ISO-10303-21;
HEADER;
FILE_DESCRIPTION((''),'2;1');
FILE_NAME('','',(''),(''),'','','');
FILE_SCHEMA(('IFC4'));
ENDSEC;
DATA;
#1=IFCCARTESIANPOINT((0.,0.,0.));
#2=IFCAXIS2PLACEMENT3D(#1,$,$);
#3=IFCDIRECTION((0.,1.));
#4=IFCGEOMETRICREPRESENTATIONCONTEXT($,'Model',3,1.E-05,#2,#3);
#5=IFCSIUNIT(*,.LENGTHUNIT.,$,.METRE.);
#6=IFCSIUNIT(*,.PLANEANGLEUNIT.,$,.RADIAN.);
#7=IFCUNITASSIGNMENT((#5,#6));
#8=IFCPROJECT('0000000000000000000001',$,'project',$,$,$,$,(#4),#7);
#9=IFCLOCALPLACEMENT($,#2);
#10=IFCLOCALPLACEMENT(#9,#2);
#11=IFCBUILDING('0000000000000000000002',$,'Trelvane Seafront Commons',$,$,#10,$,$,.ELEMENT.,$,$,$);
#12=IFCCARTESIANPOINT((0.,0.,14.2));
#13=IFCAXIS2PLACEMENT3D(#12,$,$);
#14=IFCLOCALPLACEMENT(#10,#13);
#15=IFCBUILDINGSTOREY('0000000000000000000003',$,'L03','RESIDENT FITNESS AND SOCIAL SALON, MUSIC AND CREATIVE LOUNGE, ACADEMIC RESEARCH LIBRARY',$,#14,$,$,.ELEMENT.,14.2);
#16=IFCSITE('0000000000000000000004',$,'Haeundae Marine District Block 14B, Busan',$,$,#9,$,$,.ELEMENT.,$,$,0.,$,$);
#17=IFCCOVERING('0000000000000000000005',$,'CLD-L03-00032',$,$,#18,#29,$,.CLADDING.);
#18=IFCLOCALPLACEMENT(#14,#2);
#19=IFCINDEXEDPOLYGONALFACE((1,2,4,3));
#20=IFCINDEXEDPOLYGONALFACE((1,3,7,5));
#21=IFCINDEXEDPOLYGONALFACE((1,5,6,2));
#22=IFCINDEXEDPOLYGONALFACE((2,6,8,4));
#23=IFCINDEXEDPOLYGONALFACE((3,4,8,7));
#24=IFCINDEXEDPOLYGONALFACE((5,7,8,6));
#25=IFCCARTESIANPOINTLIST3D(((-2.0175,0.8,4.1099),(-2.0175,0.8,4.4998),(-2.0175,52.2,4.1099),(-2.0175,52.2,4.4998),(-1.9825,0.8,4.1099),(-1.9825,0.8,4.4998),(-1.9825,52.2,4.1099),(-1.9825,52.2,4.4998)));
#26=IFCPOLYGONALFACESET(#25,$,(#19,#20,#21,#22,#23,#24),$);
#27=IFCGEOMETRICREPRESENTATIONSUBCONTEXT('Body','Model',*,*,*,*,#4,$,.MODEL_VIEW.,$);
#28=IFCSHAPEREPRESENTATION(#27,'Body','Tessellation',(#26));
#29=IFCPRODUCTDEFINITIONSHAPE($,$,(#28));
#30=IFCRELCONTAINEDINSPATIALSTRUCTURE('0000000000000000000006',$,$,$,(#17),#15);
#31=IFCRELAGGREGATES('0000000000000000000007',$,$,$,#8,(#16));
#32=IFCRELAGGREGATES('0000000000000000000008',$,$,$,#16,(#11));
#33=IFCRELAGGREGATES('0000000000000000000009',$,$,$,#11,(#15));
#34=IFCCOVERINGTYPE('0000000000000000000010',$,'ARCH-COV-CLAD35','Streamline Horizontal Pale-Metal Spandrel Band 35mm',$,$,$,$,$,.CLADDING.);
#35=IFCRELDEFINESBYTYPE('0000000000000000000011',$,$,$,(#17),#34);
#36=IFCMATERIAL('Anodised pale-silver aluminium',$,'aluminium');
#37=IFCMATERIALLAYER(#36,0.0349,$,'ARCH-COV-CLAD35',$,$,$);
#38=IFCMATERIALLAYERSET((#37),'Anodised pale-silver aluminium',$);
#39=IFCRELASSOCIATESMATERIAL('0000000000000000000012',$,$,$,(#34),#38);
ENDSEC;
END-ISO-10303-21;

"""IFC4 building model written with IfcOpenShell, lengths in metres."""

from ifc_helpers import new_model, si_unit, direction, frame, origin, origin_2d, place, context, subcontext, project, spatial, rectangle, extrude, source, transform, mapped, material, layer, layer_set, type_object, element, save


model = new_model("IFC4")

# Units and contexts
model_context = context("Model", 3, precision=1e-05, world=origin(), true_north=direction((0.0, 1.0)))
body_context = subcontext(model_context, "Body", "Model", "MODEL_VIEW")
ifc_project = project(units=[si_unit("LENGTHUNIT", "METRE"), si_unit("PLANEANGLEUNIT", "RADIAN")], contexts=[model_context])

# Site, building, storey
site_placement = place(None, origin())
site = spatial("IfcSite", under=ifc_project, at=site_placement, Name="Haeundae Marine District Block 14B, Busan", CompositionType="ELEMENT", RefElevation=0.0)
building_placement = place(site_placement, origin())
building = spatial("IfcBuilding", under=site, at=building_placement, Name="Trelvane Seafront Commons", CompositionType="ELEMENT")
storey_placement = place(building_placement, frame((0.0, 0.0, 14.2)))
storey = spatial("IfcBuildingStorey", under=building, at=storey_placement, Name="L03", Description="RESIDENT FITNESS AND SOCIAL SALON, MUSIC AND CREATIVE LOUNGE, ACADEMIC RESEARCH LIBRARY", CompositionType="ELEMENT", Elevation=14.2)

# Shared definitions
ifc_material_1 = material(Name="Anodised pale-silver aluminium", Category="aluminium")

# Covering
ifc_layer_1 = layer(ifc_material_1, 0.0349, Name="ARCH-COV-CLAD35")
ifc_layer_set_1 = layer_set([ifc_layer_1], Name="Anodised pale-silver aluminium")
covering_type = type_object("IfcCoveringType", Name="ARCH-COV-CLAD35", Description="Streamline Horizontal Pale-Metal Spandrel Band 35mm", PredefinedType="CLADDING", material=ifc_layer_set_1)
shared_shape_1 = source(origin(), body_context, "Body", "SweptSolid", [
    extrude(rectangle(XDim=51.3999, YDim=0.0349, at=origin_2d()), origin(), (0.0, 0.0, 1.0), 0.3899),
])
covering_placement = place(storey_placement, frame((-2.0, 26.5, 4.1099), z_axis=(0.0, 0.0, 1.0), x_axis=(0.0, 1.0, 0.0)))
element("IfcCovering", 1, at=covering_placement, inside=storey, type_object=covering_type, Name="CLD-L03-00032", PredefinedType="CLADDING", context=body_context, shape_type="MappedRepresentation", body=[
    mapped(shared_shape_1, transform((0.0, 0.0, 0.0), x_axis=(1.0, 0.0, 0.0), y_axis=(0.0, 1.0, 0.0), z_axis=(0.0, 0.0, 1.0), scale=1.0)),
])

save(model, "model.ifc")
